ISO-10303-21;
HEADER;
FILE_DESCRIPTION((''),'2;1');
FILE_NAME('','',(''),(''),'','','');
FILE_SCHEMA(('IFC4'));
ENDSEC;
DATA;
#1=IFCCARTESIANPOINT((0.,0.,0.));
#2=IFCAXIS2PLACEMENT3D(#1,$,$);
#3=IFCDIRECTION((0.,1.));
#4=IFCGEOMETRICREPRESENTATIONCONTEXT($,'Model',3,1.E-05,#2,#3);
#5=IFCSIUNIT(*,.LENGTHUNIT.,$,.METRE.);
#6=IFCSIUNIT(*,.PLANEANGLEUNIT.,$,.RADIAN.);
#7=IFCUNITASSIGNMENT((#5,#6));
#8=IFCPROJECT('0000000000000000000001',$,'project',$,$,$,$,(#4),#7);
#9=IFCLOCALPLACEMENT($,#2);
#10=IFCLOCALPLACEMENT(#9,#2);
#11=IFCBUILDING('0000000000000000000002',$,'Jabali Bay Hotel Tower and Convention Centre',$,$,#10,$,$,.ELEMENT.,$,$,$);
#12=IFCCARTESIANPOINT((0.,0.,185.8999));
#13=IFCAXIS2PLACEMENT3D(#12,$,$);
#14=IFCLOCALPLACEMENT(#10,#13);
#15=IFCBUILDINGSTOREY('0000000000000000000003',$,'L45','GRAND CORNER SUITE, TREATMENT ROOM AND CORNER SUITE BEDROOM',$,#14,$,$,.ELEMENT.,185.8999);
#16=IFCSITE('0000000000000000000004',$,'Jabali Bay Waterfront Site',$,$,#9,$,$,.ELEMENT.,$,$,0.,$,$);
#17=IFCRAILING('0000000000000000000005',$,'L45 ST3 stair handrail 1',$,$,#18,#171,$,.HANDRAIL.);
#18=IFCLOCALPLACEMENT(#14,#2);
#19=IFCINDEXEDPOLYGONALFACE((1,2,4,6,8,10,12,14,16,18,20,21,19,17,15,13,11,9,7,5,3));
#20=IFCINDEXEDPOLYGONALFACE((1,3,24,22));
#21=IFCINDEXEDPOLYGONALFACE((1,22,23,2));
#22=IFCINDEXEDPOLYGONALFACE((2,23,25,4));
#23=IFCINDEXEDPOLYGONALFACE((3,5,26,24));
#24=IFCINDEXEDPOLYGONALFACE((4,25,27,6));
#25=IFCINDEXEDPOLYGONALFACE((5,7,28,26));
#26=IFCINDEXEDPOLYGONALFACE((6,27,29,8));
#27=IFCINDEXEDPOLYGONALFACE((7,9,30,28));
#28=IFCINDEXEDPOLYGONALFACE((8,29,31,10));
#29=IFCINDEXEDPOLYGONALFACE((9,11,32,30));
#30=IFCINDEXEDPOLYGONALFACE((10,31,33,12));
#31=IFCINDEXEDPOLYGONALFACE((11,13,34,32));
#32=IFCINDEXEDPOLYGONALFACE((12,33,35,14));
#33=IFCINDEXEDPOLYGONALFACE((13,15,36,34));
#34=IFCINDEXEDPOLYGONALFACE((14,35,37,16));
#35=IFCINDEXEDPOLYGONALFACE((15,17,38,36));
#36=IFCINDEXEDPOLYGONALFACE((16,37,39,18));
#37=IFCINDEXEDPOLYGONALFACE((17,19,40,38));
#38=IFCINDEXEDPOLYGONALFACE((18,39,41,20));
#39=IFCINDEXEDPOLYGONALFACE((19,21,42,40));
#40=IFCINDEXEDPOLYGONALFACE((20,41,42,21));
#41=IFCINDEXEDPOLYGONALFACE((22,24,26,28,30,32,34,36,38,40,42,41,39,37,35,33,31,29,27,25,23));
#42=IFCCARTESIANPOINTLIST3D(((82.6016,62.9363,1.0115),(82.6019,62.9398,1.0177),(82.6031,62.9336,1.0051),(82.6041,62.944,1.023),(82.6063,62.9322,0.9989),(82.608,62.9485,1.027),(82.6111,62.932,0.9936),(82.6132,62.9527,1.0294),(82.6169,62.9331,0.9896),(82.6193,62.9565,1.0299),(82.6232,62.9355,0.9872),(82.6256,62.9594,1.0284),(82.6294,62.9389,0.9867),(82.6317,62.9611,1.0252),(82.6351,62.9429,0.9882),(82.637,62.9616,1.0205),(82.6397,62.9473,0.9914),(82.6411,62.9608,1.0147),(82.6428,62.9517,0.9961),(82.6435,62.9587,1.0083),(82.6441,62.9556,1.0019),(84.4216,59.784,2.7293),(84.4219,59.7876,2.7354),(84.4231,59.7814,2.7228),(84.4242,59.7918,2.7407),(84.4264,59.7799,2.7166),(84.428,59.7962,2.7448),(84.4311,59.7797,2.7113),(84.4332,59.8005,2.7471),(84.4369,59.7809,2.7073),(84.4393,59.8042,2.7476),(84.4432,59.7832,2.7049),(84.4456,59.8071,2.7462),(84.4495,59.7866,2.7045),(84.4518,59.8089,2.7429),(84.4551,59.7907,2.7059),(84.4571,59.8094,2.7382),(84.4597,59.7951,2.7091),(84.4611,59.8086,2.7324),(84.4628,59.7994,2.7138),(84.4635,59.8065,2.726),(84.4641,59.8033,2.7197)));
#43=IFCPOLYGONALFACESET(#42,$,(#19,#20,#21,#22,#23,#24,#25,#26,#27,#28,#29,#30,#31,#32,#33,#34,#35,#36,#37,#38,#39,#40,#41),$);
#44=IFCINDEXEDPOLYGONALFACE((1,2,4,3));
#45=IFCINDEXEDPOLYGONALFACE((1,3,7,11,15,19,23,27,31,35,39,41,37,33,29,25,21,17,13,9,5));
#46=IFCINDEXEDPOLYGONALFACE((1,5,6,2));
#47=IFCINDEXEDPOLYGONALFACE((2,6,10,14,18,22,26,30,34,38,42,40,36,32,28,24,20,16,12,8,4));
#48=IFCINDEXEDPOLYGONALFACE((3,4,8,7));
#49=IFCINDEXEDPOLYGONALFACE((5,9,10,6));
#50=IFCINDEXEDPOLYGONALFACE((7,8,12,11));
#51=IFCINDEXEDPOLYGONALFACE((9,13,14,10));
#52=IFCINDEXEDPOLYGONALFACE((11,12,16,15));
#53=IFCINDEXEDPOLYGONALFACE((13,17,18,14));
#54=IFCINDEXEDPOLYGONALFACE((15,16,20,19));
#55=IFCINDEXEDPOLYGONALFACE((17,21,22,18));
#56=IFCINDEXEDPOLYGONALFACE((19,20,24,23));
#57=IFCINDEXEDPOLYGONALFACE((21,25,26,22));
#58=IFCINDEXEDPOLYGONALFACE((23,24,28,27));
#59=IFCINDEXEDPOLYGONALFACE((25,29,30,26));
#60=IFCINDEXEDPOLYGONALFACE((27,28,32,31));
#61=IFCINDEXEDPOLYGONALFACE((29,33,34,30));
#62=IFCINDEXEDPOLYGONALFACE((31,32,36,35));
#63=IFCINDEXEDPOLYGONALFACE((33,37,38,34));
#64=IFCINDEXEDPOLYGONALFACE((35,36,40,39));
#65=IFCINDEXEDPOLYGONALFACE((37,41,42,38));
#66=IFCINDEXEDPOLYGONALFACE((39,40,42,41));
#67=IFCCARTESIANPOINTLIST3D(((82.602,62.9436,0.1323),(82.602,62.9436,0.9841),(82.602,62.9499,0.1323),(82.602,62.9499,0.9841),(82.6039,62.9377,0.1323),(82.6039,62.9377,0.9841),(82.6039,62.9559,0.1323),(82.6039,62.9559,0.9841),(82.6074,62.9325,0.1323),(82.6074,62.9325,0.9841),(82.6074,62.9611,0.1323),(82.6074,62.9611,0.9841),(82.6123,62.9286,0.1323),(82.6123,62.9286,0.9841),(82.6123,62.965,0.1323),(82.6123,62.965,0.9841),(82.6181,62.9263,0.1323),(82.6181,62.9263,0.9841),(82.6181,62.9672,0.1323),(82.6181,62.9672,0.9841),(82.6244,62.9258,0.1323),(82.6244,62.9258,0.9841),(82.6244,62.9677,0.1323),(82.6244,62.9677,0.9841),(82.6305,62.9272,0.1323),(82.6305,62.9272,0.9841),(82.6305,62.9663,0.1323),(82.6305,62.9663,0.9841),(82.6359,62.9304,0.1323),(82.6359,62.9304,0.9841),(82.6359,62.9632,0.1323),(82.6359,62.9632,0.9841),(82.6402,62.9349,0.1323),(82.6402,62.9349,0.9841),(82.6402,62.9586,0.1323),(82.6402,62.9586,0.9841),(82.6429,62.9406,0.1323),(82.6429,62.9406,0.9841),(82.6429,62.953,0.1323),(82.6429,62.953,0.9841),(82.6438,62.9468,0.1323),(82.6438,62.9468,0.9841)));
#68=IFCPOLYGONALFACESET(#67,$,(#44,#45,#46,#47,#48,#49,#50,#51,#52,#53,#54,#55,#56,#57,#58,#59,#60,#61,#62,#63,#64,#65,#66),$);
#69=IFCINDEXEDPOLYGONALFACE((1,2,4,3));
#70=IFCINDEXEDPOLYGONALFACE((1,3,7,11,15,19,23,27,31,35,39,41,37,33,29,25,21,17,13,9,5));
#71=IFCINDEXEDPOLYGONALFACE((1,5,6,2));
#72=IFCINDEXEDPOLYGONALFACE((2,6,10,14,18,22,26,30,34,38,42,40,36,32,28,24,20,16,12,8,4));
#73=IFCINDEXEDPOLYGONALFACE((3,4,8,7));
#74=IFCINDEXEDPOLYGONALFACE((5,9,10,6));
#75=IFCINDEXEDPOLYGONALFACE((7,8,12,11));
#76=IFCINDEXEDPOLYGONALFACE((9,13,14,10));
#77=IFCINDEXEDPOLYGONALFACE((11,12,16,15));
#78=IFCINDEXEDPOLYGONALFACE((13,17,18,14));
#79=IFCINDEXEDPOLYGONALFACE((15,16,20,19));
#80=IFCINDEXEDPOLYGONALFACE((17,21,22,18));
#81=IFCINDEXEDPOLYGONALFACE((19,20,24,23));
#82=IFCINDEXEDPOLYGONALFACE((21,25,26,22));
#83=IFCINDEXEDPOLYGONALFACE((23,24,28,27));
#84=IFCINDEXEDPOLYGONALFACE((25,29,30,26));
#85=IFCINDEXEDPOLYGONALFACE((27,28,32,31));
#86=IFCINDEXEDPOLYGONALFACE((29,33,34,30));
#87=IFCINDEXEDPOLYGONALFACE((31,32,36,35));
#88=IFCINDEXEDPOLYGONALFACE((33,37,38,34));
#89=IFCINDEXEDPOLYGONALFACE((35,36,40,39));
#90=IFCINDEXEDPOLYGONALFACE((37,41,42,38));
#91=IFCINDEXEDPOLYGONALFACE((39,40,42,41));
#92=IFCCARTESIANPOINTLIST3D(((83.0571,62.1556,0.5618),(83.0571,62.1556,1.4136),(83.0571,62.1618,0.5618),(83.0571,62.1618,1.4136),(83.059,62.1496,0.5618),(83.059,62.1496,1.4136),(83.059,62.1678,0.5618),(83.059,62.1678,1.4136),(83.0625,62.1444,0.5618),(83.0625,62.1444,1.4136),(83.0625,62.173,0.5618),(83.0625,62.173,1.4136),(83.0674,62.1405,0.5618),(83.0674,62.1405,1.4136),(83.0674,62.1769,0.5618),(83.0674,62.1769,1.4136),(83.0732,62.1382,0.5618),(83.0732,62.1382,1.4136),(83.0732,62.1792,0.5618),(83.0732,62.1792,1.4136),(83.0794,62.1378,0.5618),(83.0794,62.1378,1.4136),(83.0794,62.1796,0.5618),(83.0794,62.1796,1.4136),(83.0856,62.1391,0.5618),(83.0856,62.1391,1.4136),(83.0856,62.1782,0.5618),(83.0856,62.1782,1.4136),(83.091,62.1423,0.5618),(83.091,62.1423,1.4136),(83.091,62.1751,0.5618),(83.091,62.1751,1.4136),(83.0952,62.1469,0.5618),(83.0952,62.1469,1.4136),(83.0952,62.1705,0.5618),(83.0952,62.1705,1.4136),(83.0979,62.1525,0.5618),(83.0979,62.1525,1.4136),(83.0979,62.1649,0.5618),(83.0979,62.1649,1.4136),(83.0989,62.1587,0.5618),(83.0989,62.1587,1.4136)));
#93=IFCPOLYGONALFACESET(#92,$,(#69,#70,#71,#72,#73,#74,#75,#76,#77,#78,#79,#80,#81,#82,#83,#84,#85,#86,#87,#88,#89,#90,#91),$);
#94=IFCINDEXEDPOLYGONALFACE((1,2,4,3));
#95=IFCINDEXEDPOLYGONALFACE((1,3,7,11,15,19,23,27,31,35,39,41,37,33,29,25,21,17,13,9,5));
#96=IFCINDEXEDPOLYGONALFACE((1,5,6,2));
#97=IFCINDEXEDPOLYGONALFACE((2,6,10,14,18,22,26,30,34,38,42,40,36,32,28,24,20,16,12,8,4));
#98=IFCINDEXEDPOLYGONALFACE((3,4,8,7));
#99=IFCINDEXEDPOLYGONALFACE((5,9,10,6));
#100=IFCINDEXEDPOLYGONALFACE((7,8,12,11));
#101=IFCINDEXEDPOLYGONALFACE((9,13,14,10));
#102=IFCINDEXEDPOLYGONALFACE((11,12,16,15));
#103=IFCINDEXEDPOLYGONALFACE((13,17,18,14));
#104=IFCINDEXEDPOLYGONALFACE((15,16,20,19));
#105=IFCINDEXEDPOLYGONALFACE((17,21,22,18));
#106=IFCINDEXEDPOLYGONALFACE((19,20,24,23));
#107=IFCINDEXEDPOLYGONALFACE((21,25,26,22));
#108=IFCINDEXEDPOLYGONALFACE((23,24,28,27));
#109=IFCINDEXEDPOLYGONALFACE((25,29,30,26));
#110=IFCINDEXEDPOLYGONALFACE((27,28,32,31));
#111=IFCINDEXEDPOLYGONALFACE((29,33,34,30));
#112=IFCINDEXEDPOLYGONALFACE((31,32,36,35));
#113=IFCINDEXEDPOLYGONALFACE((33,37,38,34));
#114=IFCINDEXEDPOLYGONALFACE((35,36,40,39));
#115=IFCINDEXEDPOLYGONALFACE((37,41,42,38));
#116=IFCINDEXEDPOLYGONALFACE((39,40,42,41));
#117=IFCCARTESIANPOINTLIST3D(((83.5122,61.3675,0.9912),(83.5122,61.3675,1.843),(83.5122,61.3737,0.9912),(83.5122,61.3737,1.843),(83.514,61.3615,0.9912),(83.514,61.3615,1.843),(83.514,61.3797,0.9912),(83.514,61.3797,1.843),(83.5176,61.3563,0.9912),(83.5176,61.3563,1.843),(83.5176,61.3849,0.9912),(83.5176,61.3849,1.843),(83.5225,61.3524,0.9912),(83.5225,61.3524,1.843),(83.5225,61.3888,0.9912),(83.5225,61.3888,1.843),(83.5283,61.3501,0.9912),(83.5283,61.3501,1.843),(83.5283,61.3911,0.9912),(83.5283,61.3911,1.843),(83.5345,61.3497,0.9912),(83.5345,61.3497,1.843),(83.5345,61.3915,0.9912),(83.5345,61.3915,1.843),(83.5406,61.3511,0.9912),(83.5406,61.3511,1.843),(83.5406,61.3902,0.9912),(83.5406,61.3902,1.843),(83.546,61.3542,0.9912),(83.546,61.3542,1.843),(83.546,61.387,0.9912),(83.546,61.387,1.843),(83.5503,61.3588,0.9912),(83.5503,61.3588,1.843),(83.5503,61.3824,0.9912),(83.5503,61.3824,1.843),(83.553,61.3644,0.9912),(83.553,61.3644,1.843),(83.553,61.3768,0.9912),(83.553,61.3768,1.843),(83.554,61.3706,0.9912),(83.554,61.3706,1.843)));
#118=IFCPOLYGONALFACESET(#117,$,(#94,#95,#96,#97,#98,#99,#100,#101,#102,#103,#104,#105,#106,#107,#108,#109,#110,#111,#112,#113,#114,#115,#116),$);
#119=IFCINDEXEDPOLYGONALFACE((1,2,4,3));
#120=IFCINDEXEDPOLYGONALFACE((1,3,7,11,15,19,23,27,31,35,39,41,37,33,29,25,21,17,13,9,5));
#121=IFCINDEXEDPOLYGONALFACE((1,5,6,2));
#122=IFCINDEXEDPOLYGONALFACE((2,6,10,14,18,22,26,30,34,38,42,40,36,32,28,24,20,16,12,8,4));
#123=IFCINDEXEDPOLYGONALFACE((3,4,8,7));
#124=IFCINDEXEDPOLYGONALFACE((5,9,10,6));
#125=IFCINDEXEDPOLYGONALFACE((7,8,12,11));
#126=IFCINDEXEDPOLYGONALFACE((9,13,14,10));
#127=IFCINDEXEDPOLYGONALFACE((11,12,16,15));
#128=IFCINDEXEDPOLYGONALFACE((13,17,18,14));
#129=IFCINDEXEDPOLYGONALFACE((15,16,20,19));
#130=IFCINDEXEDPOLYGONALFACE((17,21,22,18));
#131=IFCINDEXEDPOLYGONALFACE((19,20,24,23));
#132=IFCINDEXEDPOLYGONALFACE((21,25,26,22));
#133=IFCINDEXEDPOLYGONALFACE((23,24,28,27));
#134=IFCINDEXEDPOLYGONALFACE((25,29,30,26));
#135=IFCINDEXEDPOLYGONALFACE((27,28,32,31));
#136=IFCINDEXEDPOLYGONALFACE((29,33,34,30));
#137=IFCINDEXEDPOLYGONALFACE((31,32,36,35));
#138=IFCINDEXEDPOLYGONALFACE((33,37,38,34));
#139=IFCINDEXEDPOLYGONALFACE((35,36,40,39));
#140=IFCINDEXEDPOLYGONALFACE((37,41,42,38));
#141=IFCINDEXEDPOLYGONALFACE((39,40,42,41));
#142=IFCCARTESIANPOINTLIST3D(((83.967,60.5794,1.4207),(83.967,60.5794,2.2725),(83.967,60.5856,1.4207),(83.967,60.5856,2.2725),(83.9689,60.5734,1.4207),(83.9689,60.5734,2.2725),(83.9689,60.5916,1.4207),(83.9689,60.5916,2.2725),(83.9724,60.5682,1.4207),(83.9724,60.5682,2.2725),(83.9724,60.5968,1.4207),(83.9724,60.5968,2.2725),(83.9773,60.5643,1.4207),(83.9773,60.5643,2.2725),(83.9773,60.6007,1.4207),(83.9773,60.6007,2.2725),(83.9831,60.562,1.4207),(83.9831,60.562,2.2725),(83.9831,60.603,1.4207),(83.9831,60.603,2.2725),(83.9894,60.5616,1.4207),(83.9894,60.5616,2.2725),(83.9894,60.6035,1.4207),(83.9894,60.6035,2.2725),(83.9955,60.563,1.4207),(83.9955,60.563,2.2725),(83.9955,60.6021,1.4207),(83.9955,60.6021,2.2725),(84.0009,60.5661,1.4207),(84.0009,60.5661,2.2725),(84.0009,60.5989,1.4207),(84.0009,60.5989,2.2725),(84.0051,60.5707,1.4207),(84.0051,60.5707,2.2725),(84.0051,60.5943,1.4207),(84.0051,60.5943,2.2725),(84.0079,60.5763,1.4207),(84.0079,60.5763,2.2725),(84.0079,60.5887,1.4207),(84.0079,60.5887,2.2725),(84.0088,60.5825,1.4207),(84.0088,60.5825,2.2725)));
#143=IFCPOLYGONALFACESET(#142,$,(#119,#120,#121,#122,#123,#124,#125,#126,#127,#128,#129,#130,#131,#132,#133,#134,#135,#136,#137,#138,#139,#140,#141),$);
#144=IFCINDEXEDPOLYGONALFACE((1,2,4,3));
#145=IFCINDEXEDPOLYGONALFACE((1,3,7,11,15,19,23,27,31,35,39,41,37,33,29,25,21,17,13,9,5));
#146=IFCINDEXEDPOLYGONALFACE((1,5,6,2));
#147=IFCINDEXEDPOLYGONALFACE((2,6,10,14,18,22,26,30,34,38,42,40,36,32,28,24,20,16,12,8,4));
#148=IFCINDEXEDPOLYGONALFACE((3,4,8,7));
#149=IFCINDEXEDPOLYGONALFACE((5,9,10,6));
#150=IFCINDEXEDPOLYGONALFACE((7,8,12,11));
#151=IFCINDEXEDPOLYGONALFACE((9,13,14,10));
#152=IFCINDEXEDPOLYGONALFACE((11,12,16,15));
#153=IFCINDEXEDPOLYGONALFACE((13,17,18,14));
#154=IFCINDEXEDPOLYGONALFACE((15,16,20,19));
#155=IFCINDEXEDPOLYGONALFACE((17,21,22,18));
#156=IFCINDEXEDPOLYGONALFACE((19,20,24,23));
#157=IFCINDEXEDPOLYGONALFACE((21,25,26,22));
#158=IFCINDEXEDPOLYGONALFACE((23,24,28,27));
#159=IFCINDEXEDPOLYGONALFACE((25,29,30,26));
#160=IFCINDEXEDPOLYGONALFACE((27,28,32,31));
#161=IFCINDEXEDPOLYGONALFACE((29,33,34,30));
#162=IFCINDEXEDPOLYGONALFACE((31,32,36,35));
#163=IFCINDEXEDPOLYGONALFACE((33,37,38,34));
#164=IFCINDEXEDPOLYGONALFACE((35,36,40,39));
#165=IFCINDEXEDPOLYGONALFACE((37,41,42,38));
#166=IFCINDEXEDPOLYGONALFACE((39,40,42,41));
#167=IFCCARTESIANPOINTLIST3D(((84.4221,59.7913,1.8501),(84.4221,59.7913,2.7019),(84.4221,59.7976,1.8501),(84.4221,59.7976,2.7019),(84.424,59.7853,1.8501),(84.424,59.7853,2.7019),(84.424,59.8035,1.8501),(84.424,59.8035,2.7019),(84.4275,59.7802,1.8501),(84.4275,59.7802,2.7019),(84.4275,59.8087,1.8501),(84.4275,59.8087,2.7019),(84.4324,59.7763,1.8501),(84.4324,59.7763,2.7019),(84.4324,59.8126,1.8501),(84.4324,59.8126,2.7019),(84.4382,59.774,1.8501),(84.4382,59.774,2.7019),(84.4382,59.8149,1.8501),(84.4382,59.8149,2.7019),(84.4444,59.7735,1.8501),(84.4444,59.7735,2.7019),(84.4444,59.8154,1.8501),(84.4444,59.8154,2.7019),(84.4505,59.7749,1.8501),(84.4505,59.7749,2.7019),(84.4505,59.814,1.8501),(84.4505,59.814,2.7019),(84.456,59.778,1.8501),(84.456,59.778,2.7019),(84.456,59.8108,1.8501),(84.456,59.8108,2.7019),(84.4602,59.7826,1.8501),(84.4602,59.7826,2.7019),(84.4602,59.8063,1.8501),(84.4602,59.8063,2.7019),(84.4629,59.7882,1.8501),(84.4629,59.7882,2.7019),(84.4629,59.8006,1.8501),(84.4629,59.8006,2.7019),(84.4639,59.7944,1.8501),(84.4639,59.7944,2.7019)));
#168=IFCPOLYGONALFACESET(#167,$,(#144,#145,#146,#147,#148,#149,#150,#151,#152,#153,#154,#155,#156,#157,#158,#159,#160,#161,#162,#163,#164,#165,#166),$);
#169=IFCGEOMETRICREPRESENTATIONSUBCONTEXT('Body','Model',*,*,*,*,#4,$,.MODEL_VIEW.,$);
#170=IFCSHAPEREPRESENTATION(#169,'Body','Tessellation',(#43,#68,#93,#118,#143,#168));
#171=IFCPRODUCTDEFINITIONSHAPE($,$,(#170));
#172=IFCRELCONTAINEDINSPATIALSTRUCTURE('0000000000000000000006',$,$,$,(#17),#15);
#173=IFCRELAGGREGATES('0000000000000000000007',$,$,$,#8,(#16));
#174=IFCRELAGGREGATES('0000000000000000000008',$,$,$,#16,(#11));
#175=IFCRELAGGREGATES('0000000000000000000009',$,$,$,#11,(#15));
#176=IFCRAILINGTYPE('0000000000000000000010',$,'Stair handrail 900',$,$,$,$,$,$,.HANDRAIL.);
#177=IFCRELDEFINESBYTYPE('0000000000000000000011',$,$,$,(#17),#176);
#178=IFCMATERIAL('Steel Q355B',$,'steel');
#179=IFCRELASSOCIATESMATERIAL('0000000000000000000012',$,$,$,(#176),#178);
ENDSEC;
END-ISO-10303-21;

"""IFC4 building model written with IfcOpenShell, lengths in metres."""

from ifc_helpers import new_model, si_unit, direction, frame, origin, origin_2d, place, context, subcontext, project, spatial, circle, extrude, material, type_object, element, save


model = new_model("IFC4")

# Units and contexts
model_context = context("Model", 3, precision=1e-05, world=origin(), true_north=direction((0.0, 1.0)))
body_context = subcontext(model_context, "Body", "Model", "MODEL_VIEW")
ifc_project = project(units=[si_unit("LENGTHUNIT", "METRE"), si_unit("PLANEANGLEUNIT", "RADIAN")], contexts=[model_context])

# Site, building, storey
site_placement = place(None, origin())
site = spatial("IfcSite", under=ifc_project, at=site_placement, Name="Jabali Bay Waterfront Site", CompositionType="ELEMENT", RefElevation=0.0)
building_placement = place(site_placement, origin())
building = spatial("IfcBuilding", under=site, at=building_placement, Name="Jabali Bay Hotel Tower and Convention Centre", CompositionType="ELEMENT")
storey_placement = place(building_placement, frame((0.0, 0.0, 185.8999)))
storey = spatial("IfcBuildingStorey", under=building, at=storey_placement, Name="L45", Description="GRAND CORNER SUITE, TREATMENT ROOM AND CORNER SUITE BEDROOM", CompositionType="ELEMENT", Elevation=185.8999)

# Railing
ifc_material_1 = material(Name="Steel Q355B", Category="steel")
railing_type_1 = type_object("IfcRailingType", Name="Stair handrail 900", PredefinedType="HANDRAIL", material=ifc_material_1)
railing_1_placement = place(storey_placement, frame((82.6228, 62.9468, 0.1323)))
element("IfcRailing", 1, at=railing_1_placement, inside=storey, type_object=railing_type_1, Name="L45 ST3 stair handrail 1", PredefinedType="HANDRAIL", context=body_context, shape_type="SweptSolid", body=[
    extrude(circle(Radius=0.0239, at=origin_2d()), frame((0.0, 0.0, 0.876), z_axis=(0.45219, -0.78319, 0.426775), x_axis=(0.866018, 0.500013, 0.0)), (0.0, 0.0, 1.0), 4.0249),
    extrude(circle(Radius=0.021, at=origin_2d()), origin(), (0.0, 0.0, 1.0), 0.8518),
    extrude(circle(Radius=0.021, at=origin_2d()), frame((0.4551, -0.7881, 0.4294)), (0.0, 0.0, 1.0), 0.8518),
    extrude(circle(Radius=0.021, at=origin_2d()), frame((0.9102, -1.5762, 0.8589)), (0.0, 0.0, 1.0), 0.8518),
    extrude(circle(Radius=0.021, at=origin_2d()), frame((1.365, -2.3643, 1.2883)), (0.0, 0.0, 1.0), 0.8518),
    extrude(circle(Radius=0.021, at=origin_2d()), frame((1.8201, -3.1523, 1.7178)), (0.0, 0.0, 1.0), 0.8518),
])

save(model, "model.ifc")
